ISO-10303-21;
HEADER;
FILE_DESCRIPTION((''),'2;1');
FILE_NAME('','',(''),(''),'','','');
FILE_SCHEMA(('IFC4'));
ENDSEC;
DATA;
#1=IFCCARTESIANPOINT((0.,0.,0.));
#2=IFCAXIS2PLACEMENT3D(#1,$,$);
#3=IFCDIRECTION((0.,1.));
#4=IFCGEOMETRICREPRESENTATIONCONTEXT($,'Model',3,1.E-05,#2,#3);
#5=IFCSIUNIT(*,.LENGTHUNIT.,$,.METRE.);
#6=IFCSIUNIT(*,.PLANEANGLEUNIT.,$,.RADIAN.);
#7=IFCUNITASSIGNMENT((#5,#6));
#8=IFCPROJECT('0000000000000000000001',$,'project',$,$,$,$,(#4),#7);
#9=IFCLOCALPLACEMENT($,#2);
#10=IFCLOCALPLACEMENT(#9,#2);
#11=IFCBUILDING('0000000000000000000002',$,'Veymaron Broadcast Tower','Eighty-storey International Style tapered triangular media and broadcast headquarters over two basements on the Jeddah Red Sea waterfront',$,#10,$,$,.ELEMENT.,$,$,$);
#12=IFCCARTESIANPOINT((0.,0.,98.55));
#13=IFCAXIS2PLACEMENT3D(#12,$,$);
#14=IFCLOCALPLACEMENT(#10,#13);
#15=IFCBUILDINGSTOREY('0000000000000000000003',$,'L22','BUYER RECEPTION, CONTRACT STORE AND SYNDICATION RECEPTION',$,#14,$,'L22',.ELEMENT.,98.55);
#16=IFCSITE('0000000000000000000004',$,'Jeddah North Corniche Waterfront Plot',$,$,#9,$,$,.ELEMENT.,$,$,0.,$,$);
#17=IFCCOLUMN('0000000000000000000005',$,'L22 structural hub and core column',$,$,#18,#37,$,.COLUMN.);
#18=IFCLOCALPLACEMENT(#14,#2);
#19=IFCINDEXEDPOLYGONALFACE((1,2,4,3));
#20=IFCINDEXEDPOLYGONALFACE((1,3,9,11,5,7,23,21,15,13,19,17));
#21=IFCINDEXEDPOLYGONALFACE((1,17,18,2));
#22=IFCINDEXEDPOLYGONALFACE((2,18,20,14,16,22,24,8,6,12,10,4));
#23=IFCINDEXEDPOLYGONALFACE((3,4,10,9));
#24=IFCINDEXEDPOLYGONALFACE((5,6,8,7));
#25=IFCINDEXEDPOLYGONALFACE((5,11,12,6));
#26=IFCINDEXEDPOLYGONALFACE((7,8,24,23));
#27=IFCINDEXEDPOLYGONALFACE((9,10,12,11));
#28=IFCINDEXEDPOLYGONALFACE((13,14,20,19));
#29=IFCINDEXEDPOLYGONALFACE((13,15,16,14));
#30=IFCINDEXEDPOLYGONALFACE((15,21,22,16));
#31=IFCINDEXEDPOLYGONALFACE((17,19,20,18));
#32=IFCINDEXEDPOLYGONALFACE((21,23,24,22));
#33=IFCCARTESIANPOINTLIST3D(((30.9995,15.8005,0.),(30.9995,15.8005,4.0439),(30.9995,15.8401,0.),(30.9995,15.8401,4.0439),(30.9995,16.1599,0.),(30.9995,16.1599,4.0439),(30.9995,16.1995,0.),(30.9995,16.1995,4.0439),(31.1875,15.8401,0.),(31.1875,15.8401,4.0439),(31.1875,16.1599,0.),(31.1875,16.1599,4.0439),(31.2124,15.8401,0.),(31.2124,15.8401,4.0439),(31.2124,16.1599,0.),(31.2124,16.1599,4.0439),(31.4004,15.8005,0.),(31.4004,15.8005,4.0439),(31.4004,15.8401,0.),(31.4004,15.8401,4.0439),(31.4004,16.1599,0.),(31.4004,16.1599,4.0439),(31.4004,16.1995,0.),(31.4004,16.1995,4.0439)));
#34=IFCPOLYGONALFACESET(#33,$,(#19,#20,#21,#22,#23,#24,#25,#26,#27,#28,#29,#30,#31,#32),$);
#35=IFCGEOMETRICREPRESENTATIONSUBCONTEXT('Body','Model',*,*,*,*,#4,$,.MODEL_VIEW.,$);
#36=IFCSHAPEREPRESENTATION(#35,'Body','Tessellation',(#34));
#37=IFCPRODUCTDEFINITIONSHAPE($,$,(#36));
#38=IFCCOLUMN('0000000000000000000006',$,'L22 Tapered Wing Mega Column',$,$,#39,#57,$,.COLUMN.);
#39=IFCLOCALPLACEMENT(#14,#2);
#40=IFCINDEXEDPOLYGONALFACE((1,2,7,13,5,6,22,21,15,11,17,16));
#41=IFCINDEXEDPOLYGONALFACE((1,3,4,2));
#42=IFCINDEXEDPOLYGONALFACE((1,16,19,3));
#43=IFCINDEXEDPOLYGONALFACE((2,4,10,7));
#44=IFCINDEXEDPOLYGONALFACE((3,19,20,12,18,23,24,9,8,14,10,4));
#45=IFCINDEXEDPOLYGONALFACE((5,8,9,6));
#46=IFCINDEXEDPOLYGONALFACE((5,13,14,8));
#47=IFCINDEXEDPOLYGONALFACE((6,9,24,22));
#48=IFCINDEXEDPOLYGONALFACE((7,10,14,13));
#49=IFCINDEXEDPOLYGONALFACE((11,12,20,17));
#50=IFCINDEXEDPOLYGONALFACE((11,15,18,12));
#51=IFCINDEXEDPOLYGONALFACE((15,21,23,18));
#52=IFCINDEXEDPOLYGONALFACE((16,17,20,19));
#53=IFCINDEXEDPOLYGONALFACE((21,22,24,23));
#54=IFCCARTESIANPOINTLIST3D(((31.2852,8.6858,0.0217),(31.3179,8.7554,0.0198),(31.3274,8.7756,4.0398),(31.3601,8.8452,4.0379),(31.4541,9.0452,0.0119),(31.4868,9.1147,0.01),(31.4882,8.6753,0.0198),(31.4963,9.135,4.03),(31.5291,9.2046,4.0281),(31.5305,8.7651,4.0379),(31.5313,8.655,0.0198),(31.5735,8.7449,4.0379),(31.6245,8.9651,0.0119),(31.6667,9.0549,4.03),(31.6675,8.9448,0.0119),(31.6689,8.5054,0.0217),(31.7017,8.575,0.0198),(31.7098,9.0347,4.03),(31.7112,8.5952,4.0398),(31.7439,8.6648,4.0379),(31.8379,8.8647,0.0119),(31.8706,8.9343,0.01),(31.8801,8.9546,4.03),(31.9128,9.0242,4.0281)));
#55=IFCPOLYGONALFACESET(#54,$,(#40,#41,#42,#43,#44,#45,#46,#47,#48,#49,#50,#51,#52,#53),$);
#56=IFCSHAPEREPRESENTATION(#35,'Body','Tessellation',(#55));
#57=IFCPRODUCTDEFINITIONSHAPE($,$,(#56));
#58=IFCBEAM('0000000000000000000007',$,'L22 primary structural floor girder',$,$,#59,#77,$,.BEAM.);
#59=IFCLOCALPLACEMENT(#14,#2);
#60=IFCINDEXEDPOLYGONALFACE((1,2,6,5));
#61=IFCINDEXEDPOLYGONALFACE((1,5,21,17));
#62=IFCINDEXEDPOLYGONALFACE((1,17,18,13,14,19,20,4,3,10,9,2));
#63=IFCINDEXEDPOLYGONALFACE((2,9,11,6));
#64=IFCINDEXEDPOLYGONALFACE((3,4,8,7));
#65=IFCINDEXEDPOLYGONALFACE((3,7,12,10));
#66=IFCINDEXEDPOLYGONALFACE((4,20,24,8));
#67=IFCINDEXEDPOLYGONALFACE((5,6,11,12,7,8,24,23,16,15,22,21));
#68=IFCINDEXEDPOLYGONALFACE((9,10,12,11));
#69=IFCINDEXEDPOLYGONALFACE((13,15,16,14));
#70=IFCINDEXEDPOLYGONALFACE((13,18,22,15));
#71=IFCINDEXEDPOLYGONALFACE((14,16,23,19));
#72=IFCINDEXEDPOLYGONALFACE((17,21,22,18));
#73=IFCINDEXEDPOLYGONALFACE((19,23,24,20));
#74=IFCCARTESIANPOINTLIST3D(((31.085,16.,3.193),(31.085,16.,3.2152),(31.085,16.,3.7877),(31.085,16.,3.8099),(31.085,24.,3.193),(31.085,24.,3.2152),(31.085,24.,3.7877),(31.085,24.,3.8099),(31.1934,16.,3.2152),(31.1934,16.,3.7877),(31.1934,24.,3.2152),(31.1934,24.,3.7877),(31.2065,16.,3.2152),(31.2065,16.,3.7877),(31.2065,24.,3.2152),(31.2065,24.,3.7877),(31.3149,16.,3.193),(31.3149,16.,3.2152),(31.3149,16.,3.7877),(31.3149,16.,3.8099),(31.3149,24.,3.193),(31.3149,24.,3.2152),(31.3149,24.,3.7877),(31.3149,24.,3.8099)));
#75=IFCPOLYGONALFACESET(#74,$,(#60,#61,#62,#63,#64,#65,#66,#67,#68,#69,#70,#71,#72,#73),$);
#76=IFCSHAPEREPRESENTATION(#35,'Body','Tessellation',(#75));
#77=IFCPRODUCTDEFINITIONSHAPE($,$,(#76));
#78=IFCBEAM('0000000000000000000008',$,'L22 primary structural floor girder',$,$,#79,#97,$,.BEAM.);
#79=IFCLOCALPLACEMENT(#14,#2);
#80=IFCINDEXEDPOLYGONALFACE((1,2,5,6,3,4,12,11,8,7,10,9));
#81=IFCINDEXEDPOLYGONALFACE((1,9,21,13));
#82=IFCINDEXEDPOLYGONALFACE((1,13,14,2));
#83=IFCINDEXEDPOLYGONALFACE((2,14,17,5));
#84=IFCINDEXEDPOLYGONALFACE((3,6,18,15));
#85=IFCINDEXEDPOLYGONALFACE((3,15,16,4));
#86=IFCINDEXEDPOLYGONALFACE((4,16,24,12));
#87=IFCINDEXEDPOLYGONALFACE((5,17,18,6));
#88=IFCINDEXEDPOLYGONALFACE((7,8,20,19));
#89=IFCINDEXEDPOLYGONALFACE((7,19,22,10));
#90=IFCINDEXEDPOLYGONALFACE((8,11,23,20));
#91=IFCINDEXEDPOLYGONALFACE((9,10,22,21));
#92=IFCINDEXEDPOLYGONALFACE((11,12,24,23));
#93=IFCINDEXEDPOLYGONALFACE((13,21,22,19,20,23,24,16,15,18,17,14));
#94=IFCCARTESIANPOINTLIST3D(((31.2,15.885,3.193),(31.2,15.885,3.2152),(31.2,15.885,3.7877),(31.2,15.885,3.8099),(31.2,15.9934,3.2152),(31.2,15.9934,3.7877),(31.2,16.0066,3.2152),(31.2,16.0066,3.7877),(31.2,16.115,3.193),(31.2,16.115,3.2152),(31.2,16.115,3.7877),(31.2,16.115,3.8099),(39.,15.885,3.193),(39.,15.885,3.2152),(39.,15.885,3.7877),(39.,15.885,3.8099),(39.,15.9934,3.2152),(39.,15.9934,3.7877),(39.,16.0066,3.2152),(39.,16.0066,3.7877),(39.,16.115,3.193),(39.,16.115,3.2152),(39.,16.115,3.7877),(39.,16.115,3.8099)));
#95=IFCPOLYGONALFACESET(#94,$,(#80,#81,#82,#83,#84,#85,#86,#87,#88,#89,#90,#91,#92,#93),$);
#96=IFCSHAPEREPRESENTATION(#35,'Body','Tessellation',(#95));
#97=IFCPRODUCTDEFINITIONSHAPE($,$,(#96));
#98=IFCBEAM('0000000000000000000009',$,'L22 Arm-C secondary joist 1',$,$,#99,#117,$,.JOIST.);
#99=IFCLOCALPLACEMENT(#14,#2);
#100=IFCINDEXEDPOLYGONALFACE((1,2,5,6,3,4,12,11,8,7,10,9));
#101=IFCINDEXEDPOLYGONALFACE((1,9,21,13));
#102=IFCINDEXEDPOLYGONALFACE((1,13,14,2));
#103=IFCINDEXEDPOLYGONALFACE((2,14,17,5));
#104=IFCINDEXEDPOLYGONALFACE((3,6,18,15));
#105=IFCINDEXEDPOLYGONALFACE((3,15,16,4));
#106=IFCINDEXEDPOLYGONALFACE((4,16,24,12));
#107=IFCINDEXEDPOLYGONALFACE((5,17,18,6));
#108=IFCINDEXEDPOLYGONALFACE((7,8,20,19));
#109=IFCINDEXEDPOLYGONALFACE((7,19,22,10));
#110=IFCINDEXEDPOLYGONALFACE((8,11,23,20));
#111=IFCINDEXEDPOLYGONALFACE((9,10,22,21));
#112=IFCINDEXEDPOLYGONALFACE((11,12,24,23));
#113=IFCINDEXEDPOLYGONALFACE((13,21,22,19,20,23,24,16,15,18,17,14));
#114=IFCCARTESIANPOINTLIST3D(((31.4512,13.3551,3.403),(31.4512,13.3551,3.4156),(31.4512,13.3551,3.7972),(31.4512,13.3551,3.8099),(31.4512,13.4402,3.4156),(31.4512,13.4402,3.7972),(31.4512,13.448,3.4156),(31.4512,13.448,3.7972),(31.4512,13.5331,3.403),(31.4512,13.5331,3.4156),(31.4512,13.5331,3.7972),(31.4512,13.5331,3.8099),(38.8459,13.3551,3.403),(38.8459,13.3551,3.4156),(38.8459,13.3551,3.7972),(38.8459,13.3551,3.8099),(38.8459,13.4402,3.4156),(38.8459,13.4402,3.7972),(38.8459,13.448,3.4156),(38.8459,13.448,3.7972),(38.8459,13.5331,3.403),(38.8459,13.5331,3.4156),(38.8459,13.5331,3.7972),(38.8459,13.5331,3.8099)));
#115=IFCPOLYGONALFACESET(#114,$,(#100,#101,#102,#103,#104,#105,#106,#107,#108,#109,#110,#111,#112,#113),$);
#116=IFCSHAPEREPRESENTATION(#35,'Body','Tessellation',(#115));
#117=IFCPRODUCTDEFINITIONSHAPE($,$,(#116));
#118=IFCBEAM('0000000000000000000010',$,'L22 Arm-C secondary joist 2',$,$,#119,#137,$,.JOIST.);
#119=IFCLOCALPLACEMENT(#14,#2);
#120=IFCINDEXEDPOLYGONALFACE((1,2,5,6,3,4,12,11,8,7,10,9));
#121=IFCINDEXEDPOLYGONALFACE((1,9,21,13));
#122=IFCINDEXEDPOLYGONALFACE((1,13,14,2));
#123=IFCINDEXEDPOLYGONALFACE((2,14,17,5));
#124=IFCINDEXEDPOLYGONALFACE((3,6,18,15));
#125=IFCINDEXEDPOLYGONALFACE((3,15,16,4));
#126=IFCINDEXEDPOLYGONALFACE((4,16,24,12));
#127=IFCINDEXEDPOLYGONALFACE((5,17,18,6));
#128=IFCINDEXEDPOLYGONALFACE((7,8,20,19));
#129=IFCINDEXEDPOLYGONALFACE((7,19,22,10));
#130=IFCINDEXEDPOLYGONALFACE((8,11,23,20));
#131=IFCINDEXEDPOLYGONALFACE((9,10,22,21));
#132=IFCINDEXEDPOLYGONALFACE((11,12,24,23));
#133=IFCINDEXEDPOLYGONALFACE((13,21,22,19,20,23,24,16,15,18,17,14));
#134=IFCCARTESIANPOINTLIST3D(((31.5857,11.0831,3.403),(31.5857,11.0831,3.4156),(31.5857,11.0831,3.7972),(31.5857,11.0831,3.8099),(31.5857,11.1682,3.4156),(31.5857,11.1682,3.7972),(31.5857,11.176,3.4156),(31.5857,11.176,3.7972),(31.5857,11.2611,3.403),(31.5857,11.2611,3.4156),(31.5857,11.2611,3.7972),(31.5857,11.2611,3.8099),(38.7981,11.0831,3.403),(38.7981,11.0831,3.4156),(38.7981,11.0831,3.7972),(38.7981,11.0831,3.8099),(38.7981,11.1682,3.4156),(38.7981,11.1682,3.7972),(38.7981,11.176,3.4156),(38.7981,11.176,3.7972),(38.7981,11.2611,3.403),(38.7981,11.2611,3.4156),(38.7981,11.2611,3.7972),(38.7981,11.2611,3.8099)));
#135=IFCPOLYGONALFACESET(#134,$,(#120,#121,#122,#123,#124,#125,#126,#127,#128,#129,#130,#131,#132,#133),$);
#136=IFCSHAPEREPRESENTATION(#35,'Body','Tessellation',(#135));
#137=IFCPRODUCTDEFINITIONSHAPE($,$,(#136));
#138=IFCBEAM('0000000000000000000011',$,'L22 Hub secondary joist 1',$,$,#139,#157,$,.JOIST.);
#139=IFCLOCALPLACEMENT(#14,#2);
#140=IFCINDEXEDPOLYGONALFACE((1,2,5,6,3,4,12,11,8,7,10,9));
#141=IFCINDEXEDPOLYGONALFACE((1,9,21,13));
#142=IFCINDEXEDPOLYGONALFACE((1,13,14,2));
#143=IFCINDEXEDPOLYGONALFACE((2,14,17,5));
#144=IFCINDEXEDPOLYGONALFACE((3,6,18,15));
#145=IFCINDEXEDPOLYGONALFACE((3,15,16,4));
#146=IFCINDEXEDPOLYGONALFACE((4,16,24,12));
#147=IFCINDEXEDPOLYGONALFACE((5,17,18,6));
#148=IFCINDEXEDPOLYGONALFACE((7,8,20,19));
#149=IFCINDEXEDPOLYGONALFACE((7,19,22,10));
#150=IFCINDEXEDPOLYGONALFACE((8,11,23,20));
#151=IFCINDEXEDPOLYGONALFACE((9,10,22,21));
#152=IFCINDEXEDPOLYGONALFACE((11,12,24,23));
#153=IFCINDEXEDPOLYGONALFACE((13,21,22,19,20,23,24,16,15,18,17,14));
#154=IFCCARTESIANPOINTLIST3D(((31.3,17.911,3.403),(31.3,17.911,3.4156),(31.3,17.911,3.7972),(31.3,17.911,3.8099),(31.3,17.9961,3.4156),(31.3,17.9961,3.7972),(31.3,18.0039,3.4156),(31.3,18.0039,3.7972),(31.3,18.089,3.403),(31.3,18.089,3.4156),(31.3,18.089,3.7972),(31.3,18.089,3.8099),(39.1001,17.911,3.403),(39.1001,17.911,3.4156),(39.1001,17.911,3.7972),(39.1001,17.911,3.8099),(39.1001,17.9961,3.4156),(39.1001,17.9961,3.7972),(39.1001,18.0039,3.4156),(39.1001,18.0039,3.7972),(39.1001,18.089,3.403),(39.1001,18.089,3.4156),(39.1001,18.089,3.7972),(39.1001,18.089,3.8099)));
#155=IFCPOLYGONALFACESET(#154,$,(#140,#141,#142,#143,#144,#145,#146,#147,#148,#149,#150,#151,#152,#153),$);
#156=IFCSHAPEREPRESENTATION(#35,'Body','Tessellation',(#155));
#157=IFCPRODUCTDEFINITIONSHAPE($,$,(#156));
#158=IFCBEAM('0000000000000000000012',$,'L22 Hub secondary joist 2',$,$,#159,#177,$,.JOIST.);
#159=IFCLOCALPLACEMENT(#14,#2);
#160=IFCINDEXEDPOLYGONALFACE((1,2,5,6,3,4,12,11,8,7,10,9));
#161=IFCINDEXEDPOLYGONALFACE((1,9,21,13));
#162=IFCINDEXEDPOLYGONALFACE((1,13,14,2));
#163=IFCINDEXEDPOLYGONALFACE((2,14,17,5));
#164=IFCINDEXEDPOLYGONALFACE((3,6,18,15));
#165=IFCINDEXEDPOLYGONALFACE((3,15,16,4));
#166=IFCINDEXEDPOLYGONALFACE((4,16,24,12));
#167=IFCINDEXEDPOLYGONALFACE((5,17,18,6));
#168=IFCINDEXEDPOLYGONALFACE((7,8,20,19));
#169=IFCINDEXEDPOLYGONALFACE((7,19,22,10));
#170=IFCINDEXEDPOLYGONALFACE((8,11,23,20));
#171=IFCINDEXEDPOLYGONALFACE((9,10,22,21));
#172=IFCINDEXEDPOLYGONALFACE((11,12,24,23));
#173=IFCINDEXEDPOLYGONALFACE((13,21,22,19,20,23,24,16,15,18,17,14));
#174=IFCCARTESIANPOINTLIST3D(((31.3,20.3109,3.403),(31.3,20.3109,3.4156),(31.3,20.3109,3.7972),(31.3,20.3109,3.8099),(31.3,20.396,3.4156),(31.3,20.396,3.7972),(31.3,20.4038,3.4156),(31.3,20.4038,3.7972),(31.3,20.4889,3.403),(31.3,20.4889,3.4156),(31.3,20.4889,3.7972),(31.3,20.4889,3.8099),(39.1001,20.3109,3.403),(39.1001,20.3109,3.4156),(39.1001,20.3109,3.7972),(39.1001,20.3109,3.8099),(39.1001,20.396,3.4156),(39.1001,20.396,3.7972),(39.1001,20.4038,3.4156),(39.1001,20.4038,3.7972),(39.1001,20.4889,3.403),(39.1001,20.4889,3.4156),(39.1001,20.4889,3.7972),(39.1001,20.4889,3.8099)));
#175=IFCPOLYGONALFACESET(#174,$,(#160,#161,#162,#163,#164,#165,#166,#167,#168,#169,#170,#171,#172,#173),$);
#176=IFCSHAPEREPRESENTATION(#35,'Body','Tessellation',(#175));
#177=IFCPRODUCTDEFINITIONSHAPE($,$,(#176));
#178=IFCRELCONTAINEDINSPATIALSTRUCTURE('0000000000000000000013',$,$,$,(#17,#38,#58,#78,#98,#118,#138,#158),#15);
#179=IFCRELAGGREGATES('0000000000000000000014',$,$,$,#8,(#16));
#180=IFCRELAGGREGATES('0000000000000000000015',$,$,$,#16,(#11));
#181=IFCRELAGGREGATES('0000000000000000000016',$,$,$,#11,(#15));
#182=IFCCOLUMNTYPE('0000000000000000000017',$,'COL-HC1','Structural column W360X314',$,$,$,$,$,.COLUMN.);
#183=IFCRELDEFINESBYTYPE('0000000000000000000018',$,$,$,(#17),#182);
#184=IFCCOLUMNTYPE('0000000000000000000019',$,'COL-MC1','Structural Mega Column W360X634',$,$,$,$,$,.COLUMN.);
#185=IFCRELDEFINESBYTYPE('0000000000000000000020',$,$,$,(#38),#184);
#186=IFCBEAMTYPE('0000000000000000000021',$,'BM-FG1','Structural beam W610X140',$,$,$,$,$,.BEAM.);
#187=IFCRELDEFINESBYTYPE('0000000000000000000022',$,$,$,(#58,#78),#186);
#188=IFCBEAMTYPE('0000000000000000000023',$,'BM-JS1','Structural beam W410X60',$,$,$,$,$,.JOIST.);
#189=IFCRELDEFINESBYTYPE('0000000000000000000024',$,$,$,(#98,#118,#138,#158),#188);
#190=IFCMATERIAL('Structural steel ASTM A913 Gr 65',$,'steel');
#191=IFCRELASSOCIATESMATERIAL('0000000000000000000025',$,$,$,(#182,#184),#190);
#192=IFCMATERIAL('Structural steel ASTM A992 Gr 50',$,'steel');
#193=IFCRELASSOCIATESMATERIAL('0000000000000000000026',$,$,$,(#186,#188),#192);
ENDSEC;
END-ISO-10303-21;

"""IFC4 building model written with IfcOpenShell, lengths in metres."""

from ifc_helpers import new_model, si_unit, direction, frame, origin, origin_2d, place, context, subcontext, project, spatial, i_section, extrude, material, material_profile, profile_set, type_object, element, save


model = new_model("IFC4")

# Units and contexts
model_context = context("Model", 3, precision=1e-05, world=origin(), true_north=direction((0.0, 1.0)))
body_context = subcontext(model_context, "Body", "Model", "MODEL_VIEW")
ifc_project = project(units=[si_unit("LENGTHUNIT", "METRE"), si_unit("PLANEANGLEUNIT", "RADIAN")], contexts=[model_context])

# Site, building, storey
site_placement = place(None, origin())
site = spatial("IfcSite", under=ifc_project, at=site_placement, Name="Jeddah North Corniche Waterfront Plot", CompositionType="ELEMENT", RefElevation=0.0)
building_placement = place(site_placement, origin())
building = spatial("IfcBuilding", under=site, at=building_placement, Name="Veymaron Broadcast Tower", Description="Eighty-storey International Style tapered triangular media and broadcast headquarters over two basements on the Jeddah Red Sea waterfront", CompositionType="ELEMENT")
storey_placement = place(building_placement, frame((0.0, 0.0, 98.55)))
storey = spatial("IfcBuildingStorey", under=building, at=storey_placement, Name="L22", Description="BUYER RECEPTION, CONTRACT STORE AND SYNDICATION RECEPTION", LongName="L22", CompositionType="ELEMENT", Elevation=98.55)

# Columns
ifc_material_1 = material(Name="Structural steel ASTM A913 Gr 65", Category="steel")
ifc_material_profile_1 = material_profile(ifc_material_1, i_section(OverallWidth=0.4009, OverallDepth=0.3989, WebThickness=0.0249, FlangeThickness=0.0396, at=origin_2d()), Name="W360X314")
ifc_profile_set_1 = profile_set([ifc_material_profile_1], Name="Structural steel ASTM A913 Gr 65")
column_type_1 = type_object("IfcColumnType", Name="COL-HC1", Description="Structural column W360X314", PredefinedType="COLUMN", material=ifc_profile_set_1)
column_1_placement = place(storey_placement, frame((31.2, 16.0, 0.0), z_axis=(0.0, 0.0, 1.0), x_axis=(1.0, 0.0, 0.0)))
element("IfcColumn", 1, at=column_1_placement, inside=storey, type_object=column_type_1, Name="L22 structural hub and core column", PredefinedType="COLUMN", context=body_context, shape_type="SweptSolid", body=[
    extrude(i_section(OverallWidth=0.4009, OverallDepth=0.3989, WebThickness=0.0249, FlangeThickness=0.0396, at=origin_2d()), origin(), (0.0, 0.0, 1.0), 4.0439),
])
ifc_material_profile_2 = material_profile(ifc_material_1, i_section(OverallWidth=0.4241, OverallDepth=0.4741, WebThickness=0.0476, FlangeThickness=0.0769, at=origin_2d()), Name="W360X634")
ifc_profile_set_2 = profile_set([ifc_material_profile_2], Name="Structural steel ASTM A913 Gr 65")
column_type_2 = type_object("IfcColumnType", Name="COL-MC1", Description="Structural Mega Column W360X634", PredefinedType="COLUMN", material=ifc_profile_set_2)
column_2_placement = place(storey_placement, frame((31.5779, 8.8101, 0.0159), z_axis=(0.010508, 0.022353, 0.999695), x_axis=(-0.904986, 0.425442, 0.0)))
element("IfcColumn", 2, at=column_2_placement, inside=storey, type_object=column_type_2, Name="L22 Tapered Wing Mega Column", PredefinedType="COLUMN", context=body_context, shape_type="SweptSolid", body=[
    extrude(i_section(OverallWidth=0.4241, OverallDepth=0.4741, WebThickness=0.0476, FlangeThickness=0.0769, at=origin_2d()), origin(), (0.0, 0.0, 1.0), 4.0193),
])

# Beams
ifc_material_2 = material(Name="Structural steel ASTM A992 Gr 50", Category="steel")
ifc_material_profile_3 = material_profile(ifc_material_2, i_section(OverallWidth=0.23, OverallDepth=0.6169, WebThickness=0.0132, FlangeThickness=0.0222, at=origin_2d()), Name="W610X140")
ifc_profile_set_3 = profile_set([ifc_material_profile_3], Name="Structural steel ASTM A992 Gr 50")
beam_type_1 = type_object("IfcBeamType", Name="BM-FG1", Description="Structural beam W610X140", PredefinedType="BEAM", material=ifc_profile_set_3)
beam_1_placement = place(storey_placement, frame((31.2, 16.0, 3.5015), z_axis=(0.0, 1.0, 0.0), x_axis=(-1.0, 0.0, 0.0)))
element("IfcBeam", 3, at=beam_1_placement, inside=storey, type_object=beam_type_1, Name="L22 primary structural floor girder", PredefinedType="BEAM", context=body_context, shape_type="SweptSolid", body=[
    extrude(i_section(OverallWidth=0.23, OverallDepth=0.6169, WebThickness=0.0132, FlangeThickness=0.0222, at=origin_2d()), origin(), (0.0, 0.0, 1.0), 8.0),
])
beam_2_placement = place(storey_placement, frame((31.2, 16.0, 3.5015), z_axis=(1.0, 0.0, 0.0), x_axis=(0.0, 1.0, 0.0)))
element("IfcBeam", 4, at=beam_2_placement, inside=storey, type_object=beam_type_1, Name="L22 primary structural floor girder", PredefinedType="BEAM", context=body_context, shape_type="SweptSolid", body=[
    extrude(i_section(OverallWidth=0.23, OverallDepth=0.6169, WebThickness=0.0132, FlangeThickness=0.0222, at=origin_2d()), origin(), (0.0, 0.0, 1.0), 7.8),
])
ifc_material_profile_4 = material_profile(ifc_material_2, i_section(OverallWidth=0.178, OverallDepth=0.407, WebThickness=0.0078, FlangeThickness=0.0127, at=origin_2d()), Name="W410X60")
ifc_profile_set_4 = profile_set([ifc_material_profile_4], Name="Structural steel ASTM A992 Gr 50")
beam_type_2 = type_object("IfcBeamType", Name="BM-JS1", Description="Structural beam W410X60", PredefinedType="JOIST", material=ifc_profile_set_4)
beam_3_placement = place(storey_placement, frame((31.4512, 13.4441, 3.6064), z_axis=(1.0, 0.0, 0.0), x_axis=(0.0, 1.0, 0.0)))
element("IfcBeam", 5, at=beam_3_placement, inside=storey, type_object=beam_type_2, Name="L22 Arm-C secondary joist 1", PredefinedType="JOIST", context=body_context, shape_type="SweptSolid", body=[
    extrude(i_section(OverallWidth=0.178, OverallDepth=0.407, WebThickness=0.0078, FlangeThickness=0.0127, at=origin_2d()), origin(), (0.0, 0.0, 1.0), 7.3948),
])
beam_4_placement = place(storey_placement, frame((31.5857, 11.1721, 3.6064), z_axis=(1.0, 0.0, 0.0), x_axis=(0.0, 1.0, 0.0)))
element("IfcBeam", 6, at=beam_4_placement, inside=storey, type_object=beam_type_2, Name="L22 Arm-C secondary joist 2", PredefinedType="JOIST", context=body_context, shape_type="SweptSolid", body=[
    extrude(i_section(OverallWidth=0.178, OverallDepth=0.407, WebThickness=0.0078, FlangeThickness=0.0127, at=origin_2d()), origin(), (0.0, 0.0, 1.0), 7.2124),
])
for number, where, z_axis, x_axis, name in (
    (7, (31.3, 18.0, 3.6064), (1.0, 0.0, 0.0), (0.0, 1.0, 0.0), "L22 Hub secondary joist 1"),
    (8, (31.3, 20.3999, 3.6064), (1.0, 0.0, 0.0), (0.0, 1.0, 0.0), "L22 Hub secondary joist 2"),
):
    element("IfcBeam", number, at=place(storey_placement, frame(where, z_axis=z_axis, x_axis=x_axis)), inside=storey, type_object=beam_type_2, Name=name, PredefinedType="JOIST", context=body_context, shape_type="SweptSolid", body=[
        extrude(i_section(OverallWidth=0.178, OverallDepth=0.407, WebThickness=0.0078, FlangeThickness=0.0127, at=origin_2d()), origin(), (0.0, 0.0, 1.0), 7.8),
    ])

save(model, "model.ifc")
